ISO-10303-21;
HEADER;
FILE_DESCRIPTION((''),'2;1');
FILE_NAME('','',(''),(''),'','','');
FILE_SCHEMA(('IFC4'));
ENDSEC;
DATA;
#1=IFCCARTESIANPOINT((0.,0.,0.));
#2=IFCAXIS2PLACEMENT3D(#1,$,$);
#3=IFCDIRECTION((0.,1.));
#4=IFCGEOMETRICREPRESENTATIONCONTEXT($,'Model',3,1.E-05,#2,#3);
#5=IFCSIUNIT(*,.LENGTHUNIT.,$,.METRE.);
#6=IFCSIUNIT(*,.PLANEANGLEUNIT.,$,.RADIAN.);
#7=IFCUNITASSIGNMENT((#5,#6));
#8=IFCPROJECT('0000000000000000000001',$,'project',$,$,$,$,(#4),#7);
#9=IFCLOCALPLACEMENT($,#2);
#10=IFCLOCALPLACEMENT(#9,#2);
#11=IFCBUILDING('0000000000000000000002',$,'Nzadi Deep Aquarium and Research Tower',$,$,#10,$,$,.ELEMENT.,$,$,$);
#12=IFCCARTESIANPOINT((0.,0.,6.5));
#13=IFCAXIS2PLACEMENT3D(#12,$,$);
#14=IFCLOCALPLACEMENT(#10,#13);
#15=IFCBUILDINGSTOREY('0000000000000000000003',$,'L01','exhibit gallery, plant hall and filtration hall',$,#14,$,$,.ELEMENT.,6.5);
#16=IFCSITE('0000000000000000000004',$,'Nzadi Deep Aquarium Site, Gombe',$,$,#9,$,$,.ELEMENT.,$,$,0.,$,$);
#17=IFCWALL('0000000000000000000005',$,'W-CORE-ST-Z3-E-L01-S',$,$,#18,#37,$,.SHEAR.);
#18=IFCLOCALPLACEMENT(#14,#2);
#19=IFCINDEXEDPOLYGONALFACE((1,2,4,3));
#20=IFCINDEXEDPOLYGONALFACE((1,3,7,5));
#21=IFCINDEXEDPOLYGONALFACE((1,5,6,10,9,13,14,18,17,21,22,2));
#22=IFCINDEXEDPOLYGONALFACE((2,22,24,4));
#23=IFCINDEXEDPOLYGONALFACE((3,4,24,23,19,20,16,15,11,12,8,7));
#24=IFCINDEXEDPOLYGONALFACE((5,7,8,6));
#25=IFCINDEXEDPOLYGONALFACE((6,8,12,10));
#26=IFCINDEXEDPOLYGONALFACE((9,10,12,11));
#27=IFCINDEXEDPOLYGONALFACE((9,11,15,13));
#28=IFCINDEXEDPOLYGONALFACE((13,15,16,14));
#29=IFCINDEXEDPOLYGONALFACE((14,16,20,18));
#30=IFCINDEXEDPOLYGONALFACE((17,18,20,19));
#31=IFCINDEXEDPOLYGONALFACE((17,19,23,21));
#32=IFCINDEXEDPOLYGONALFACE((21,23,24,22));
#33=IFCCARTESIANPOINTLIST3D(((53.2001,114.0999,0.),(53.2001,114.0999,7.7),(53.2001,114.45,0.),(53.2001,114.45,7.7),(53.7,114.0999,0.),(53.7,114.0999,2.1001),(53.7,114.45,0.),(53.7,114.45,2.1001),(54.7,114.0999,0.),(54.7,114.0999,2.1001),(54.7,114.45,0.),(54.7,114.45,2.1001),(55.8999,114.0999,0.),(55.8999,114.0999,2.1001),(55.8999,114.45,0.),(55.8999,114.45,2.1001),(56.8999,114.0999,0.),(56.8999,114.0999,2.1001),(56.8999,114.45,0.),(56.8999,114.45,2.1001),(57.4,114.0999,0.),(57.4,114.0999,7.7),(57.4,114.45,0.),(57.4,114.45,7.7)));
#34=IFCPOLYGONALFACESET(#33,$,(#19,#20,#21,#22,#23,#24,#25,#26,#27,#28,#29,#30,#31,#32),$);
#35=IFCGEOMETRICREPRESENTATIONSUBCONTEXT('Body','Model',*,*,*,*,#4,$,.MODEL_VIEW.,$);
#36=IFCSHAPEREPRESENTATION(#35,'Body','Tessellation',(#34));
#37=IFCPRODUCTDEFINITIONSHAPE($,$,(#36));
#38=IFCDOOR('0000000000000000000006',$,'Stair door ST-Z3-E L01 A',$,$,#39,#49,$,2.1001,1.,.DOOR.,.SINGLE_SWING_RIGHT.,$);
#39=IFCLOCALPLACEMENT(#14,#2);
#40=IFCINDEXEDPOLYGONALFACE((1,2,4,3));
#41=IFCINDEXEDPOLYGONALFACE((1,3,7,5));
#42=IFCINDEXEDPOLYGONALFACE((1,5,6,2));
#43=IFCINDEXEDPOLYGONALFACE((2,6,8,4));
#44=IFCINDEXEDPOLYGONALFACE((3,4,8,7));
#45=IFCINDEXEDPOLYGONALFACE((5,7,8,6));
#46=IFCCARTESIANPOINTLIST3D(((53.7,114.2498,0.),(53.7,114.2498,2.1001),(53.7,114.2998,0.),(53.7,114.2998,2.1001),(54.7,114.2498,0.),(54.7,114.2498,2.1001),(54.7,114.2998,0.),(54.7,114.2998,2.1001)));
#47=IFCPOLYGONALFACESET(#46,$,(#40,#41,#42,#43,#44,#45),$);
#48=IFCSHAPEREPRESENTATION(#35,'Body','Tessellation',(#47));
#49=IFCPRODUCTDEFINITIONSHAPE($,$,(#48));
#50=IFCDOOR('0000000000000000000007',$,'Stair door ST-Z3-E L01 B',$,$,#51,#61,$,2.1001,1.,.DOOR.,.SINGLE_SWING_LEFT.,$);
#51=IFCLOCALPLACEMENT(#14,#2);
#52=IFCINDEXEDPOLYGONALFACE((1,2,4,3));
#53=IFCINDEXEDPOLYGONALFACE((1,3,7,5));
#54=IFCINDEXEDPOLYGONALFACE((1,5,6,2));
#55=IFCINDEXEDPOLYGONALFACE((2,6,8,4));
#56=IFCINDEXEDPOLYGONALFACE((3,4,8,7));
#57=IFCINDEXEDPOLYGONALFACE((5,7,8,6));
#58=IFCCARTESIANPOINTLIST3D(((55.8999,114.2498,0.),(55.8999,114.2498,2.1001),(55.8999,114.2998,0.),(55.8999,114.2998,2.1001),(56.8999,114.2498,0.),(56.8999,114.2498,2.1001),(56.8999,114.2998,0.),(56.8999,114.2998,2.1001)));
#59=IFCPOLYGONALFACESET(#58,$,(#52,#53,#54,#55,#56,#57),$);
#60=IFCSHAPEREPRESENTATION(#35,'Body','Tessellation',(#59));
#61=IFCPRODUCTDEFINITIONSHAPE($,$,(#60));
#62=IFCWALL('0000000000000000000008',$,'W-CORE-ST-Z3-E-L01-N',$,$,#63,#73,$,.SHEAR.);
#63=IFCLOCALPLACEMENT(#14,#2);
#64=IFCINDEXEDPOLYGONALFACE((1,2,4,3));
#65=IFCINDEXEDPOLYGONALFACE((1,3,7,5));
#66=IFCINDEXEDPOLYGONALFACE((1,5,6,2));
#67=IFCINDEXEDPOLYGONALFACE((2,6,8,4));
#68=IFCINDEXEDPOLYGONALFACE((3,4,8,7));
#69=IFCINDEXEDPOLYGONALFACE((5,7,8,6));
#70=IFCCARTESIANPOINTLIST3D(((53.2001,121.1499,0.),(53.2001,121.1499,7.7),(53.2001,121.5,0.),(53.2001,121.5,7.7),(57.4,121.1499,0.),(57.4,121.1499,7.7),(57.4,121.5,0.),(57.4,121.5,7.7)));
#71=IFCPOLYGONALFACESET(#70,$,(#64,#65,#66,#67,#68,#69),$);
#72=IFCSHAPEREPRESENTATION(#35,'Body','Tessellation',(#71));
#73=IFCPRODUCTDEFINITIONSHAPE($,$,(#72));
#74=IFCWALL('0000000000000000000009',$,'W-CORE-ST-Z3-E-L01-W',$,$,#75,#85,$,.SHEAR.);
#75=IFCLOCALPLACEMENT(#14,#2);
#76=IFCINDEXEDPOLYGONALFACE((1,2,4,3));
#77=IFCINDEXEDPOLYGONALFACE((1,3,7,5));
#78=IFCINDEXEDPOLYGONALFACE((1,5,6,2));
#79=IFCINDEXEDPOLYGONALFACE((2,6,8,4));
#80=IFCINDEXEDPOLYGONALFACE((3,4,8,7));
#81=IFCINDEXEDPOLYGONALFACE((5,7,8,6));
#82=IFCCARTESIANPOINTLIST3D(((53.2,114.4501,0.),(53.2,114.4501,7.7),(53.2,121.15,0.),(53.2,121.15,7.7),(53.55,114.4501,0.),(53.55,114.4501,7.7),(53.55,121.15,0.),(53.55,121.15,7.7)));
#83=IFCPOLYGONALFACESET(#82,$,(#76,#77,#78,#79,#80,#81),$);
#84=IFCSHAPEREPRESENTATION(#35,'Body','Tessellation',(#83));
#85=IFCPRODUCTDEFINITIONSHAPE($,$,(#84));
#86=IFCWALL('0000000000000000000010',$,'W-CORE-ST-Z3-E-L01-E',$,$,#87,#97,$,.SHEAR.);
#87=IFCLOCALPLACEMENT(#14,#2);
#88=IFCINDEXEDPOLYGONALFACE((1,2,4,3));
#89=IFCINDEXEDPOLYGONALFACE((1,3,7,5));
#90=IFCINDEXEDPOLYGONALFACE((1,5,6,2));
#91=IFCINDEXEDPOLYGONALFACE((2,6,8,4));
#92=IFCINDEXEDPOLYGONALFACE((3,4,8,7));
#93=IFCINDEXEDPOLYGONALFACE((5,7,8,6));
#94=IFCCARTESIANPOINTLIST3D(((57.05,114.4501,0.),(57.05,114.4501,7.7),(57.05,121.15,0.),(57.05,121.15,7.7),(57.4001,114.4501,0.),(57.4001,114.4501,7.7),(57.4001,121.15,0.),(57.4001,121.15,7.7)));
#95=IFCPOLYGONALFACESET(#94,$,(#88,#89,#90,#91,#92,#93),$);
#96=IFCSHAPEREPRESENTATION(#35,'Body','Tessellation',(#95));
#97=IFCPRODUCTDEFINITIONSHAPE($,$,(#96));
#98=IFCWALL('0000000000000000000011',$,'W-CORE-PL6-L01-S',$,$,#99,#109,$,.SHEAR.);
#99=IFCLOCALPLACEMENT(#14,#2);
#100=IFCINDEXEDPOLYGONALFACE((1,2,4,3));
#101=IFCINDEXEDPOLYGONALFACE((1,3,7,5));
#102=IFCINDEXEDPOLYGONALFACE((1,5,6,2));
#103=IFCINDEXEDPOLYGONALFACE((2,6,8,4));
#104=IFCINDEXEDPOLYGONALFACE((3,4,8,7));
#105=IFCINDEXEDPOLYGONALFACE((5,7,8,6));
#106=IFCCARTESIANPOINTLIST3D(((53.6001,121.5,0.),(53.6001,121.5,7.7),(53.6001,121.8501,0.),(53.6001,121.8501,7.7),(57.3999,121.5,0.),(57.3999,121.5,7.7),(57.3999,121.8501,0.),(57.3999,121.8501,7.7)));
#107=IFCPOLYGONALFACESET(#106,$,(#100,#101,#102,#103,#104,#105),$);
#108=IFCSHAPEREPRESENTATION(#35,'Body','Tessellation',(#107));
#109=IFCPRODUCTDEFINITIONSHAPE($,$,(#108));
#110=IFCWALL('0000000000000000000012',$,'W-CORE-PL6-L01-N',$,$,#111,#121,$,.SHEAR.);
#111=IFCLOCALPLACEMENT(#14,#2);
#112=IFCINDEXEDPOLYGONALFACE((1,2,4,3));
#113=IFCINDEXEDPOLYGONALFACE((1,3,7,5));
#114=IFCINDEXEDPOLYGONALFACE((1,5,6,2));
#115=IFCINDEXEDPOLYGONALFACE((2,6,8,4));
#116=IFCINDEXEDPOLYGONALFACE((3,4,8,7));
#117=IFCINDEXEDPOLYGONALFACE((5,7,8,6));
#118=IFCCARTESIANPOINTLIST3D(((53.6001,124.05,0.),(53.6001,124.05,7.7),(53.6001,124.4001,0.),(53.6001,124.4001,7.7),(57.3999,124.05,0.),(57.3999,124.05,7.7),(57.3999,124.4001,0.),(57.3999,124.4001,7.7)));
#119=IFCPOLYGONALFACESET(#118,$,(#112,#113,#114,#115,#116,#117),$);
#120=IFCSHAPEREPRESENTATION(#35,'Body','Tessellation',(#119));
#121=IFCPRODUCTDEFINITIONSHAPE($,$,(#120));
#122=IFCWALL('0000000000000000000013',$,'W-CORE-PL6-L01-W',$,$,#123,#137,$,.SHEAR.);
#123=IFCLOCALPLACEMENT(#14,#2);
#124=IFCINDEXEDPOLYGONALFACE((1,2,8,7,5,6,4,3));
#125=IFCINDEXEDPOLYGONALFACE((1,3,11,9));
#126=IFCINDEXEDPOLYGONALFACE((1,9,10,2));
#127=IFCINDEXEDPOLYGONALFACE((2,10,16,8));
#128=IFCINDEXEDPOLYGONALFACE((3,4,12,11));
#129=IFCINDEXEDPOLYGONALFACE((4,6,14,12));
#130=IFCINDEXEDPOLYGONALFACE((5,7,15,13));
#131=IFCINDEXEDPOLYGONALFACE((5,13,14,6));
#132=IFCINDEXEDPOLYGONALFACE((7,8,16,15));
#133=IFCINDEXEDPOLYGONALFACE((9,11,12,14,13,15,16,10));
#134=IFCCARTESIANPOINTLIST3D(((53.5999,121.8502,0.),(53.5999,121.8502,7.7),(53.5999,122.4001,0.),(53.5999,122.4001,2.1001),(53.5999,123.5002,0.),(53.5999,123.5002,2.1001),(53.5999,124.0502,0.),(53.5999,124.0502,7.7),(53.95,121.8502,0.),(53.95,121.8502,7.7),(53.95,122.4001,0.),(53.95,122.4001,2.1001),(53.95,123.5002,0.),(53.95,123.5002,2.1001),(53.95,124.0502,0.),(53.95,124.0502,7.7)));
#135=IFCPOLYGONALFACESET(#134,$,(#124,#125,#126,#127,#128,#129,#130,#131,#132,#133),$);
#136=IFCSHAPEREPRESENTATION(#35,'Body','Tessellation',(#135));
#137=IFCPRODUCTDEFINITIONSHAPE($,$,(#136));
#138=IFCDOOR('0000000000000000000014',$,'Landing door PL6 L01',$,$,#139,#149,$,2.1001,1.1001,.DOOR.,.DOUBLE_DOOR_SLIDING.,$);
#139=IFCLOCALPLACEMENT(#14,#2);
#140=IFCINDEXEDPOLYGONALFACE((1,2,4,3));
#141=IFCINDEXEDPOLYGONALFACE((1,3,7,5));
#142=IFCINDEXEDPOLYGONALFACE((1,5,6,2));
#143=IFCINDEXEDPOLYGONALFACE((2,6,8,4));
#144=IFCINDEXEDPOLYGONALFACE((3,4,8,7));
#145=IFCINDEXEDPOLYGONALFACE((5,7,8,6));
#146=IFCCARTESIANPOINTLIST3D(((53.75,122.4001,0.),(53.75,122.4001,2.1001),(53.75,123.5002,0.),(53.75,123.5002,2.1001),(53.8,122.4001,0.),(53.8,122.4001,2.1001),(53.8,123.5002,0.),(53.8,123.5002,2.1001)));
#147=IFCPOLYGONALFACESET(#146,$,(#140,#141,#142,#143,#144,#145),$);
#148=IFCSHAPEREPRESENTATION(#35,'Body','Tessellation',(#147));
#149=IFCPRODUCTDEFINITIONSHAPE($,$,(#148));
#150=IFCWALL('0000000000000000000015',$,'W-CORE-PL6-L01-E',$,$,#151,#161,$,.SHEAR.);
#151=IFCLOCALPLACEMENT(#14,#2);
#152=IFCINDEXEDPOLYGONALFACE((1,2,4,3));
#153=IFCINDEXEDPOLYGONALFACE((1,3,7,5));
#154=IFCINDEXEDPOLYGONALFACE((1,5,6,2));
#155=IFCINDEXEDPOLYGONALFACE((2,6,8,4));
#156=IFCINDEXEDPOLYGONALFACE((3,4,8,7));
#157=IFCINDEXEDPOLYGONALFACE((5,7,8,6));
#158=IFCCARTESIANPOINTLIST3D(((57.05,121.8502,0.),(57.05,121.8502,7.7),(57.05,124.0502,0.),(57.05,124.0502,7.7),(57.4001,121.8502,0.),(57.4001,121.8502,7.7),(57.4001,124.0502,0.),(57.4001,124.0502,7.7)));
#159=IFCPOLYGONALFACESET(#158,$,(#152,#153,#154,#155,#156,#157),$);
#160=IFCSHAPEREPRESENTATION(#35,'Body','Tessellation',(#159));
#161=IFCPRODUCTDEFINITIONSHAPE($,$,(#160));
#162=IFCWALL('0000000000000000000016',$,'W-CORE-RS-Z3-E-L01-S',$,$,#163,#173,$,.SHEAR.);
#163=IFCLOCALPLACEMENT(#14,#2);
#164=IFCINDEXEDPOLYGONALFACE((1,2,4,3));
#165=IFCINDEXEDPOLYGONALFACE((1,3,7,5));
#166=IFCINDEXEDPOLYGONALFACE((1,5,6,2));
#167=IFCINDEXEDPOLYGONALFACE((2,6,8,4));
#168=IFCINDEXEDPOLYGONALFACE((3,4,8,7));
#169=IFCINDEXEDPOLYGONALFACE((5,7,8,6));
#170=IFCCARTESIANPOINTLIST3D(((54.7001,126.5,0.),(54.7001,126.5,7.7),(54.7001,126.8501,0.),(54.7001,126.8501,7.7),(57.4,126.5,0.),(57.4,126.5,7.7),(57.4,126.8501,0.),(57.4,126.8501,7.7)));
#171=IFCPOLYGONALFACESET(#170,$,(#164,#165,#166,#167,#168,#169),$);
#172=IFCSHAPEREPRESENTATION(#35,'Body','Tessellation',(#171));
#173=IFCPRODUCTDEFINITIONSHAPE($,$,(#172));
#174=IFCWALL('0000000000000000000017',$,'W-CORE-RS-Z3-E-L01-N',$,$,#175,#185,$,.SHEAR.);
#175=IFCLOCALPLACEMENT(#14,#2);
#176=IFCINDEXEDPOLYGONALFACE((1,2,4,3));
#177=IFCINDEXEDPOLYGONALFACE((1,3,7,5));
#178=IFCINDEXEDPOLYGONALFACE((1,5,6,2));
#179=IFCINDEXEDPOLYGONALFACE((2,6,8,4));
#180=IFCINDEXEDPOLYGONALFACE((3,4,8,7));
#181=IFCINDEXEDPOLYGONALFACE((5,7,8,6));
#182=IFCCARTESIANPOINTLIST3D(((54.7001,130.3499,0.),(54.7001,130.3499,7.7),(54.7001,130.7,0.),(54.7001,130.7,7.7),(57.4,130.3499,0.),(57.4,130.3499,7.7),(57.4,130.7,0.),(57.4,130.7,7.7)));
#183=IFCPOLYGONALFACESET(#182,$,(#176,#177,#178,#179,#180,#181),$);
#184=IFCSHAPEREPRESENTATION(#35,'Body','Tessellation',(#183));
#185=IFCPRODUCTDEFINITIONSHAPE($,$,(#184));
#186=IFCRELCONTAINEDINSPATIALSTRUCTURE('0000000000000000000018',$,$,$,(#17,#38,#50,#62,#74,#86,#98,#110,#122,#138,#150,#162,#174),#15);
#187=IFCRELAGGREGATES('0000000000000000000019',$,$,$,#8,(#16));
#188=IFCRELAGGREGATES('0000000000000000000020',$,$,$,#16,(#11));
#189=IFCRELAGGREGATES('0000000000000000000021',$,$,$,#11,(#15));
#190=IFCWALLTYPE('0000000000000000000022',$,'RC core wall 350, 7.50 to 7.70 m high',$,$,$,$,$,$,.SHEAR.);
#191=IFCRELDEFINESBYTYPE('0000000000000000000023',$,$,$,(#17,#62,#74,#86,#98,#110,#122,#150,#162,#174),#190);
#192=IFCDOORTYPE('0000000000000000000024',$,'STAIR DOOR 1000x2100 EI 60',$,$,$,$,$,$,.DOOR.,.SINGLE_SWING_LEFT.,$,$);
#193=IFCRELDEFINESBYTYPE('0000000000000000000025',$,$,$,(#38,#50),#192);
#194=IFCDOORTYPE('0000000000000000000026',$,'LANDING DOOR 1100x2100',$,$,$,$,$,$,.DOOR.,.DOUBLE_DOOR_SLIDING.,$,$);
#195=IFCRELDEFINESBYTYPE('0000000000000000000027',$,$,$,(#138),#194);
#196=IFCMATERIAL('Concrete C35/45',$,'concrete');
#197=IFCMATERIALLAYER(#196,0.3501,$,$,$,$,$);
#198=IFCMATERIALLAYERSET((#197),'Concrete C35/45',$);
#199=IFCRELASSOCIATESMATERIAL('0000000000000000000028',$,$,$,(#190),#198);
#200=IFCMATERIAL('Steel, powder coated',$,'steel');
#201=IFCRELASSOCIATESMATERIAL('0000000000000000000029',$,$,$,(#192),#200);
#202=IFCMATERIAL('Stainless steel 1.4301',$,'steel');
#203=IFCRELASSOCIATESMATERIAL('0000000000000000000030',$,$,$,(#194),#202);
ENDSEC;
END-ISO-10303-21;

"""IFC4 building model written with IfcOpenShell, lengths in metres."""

from ifc_helpers import new_model, si_unit, direction, frame, frame_2d, origin, place, context, subcontext, project, spatial, rectangle, extrude, material, layer, layer_set, type_object, element, fill, save


model = new_model("IFC4")

# Units and contexts
model_context = context("Model", 3, precision=1e-05, world=origin(), true_north=direction((0.0, 1.0)))
body_context = subcontext(model_context, "Body", "Model", "MODEL_VIEW")
ifc_project = project(units=[si_unit("LENGTHUNIT", "METRE"), si_unit("PLANEANGLEUNIT", "RADIAN")], contexts=[model_context])

# Site, building, storey
site_placement = place(None, origin())
site = spatial("IfcSite", under=ifc_project, at=site_placement, Name="Nzadi Deep Aquarium Site, Gombe", CompositionType="ELEMENT", RefElevation=0.0)
building_placement = place(site_placement, origin())
building = spatial("IfcBuilding", under=site, at=building_placement, Name="Nzadi Deep Aquarium and Research Tower", CompositionType="ELEMENT")
storey_placement = place(building_placement, frame((0.0, 0.0, 6.5)))
storey = spatial("IfcBuildingStorey", under=building, at=storey_placement, Name="L01", Description="exhibit gallery, plant hall and filtration hall", CompositionType="ELEMENT", Elevation=6.5)

# Wall, openings, doors
ifc_material_1 = material(Name="Concrete C35/45", Category="concrete")
ifc_layer = layer(ifc_material_1, 0.3501)
ifc_layer_set = layer_set([ifc_layer], Name="Concrete C35/45")
wall_type = type_object("IfcWallType", Name="RC core wall 350, 7.50 to 7.70 m high", PredefinedType="SHEAR", material=ifc_layer_set)
wall_1_placement = place(storey_placement, frame((53.2, 114.2749, 0.0), z_axis=(0.0, 0.0, 1.0), x_axis=(1.0, 0.0, 0.0)))
wall_1 = element("IfcWall", 1, at=wall_1_placement, inside=storey, type_object=wall_type, Name="W-CORE-ST-Z3-E-L01-S", PredefinedType="SHEAR", context=body_context, shape_type="SweptSolid", body=[
    extrude(rectangle(XDim=4.2, YDim=0.3501, at=frame_2d((2.1001, 0.0))), origin(), (0.0, 0.0, 1.0), 7.7),
])
opening_1_placement = place(wall_1_placement, frame((0.5, 0.0, 0.0)))
opening_1 = element("IfcOpeningElement", 2, at=opening_1_placement, cuts=wall_1, PredefinedType="OPENING", context=body_context, shape_type="SweptSolid", body=[
    extrude(rectangle(XDim=1.0, YDim=2.1001, at=frame_2d((0.5, 1.05))), frame((0.0, 0.1851, 0.0), z_axis=(0.0, -1.0, 0.0), x_axis=(1.0, 0.0, 0.0)), (0.0, 0.0, 1.0), 0.3701),
])
opening_2_placement = place(wall_1_placement, frame((2.7, 0.0, 0.0)))
opening_2 = element("IfcOpeningElement", 3, at=opening_2_placement, cuts=wall_1, PredefinedType="OPENING", context=body_context, shape_type="SweptSolid", body=[
    extrude(rectangle(XDim=1.0, YDim=2.1001, at=frame_2d((0.5, 1.05))), frame((0.0, 0.1851, 0.0), z_axis=(0.0, -1.0, 0.0), x_axis=(1.0, 0.0, 0.0)), (0.0, 0.0, 1.0), 0.3701),
])
ifc_material_2 = material(Name="Steel, powder coated", Category="steel")
door_type_1 = type_object("IfcDoorType", Name="STAIR DOOR 1000x2100 EI 60", OperationType="SINGLE_SWING_LEFT", PredefinedType="DOOR", material=ifc_material_2)
door_1_placement = place(opening_1_placement, origin())
door_1 = element("IfcDoor", 4, at=door_1_placement, inside=storey, type_object=door_type_1, Name="Stair door ST-Z3-E L01 A", OperationType="SINGLE_SWING_RIGHT", OverallHeight=2.1001, OverallWidth=1.0, PredefinedType="DOOR", context=body_context, shape_type="SweptSolid", body=[
    extrude(rectangle(XDim=1.0, YDim=2.1001, at=frame_2d((0.5, 1.05))), frame((0.0, 0.0249, 0.0), z_axis=(0.0, -1.0, 0.0), x_axis=(1.0, 0.0, 0.0)), (0.0, 0.0, 1.0), 0.05),
])
fill(opening_1, door_1)
door_2_placement = place(opening_2_placement, origin())
door_2 = element("IfcDoor", 5, at=door_2_placement, inside=storey, type_object=door_type_1, Name="Stair door ST-Z3-E L01 B", OperationType="SINGLE_SWING_LEFT", OverallHeight=2.1001, OverallWidth=1.0, PredefinedType="DOOR", context=body_context, shape_type="SweptSolid", body=[
    extrude(rectangle(XDim=1.0, YDim=2.1001, at=frame_2d((0.5, 1.05))), frame((0.0, 0.0249, 0.0), z_axis=(0.0, -1.0, 0.0), x_axis=(1.0, 0.0, 0.0)), (0.0, 0.0, 1.0), 0.05),
])
fill(opening_2, door_2)

# Walls
wall_2_placement = place(storey_placement, frame((53.2, 121.325, 0.0), z_axis=(0.0, 0.0, 1.0), x_axis=(1.0, 0.0, 0.0)))
element("IfcWall", 6, at=wall_2_placement, inside=storey, type_object=wall_type, Name="W-CORE-ST-Z3-E-L01-N", PredefinedType="SHEAR", context=body_context, shape_type="SweptSolid", body=[
    extrude(rectangle(XDim=4.2, YDim=0.3501, at=frame_2d((2.1001, 0.0))), origin(), (0.0, 0.0, 1.0), 7.7),
])
for number, where, z_axis, x_axis, name in (
    (7, (53.375, 114.45, 0.0), (0.0, 0.0, 1.0), (0.0, 1.0, 0.0), "W-CORE-ST-Z3-E-L01-W"),
    (8, (57.2251, 114.45, 0.0), (0.0, 0.0, 1.0), (0.0, 1.0, 0.0), "W-CORE-ST-Z3-E-L01-E"),
):
    element("IfcWall", number, at=place(storey_placement, frame(where, z_axis=z_axis, x_axis=x_axis)), inside=storey, type_object=wall_type, Name=name, PredefinedType="SHEAR", context=body_context, shape_type="SweptSolid", body=[
        extrude(rectangle(XDim=6.7, YDim=0.3501, at=frame_2d((3.3501, 0.0))), origin(), (0.0, 0.0, 1.0), 7.7),
    ])
for number, where, z_axis, x_axis, name in (
    (9, (53.6001, 121.675, 0.0), (0.0, 0.0, 1.0), (1.0, 0.0, 0.0), "W-CORE-PL6-L01-S"),
    (10, (53.6001, 124.2251, 0.0), (0.0, 0.0, 1.0), (1.0, 0.0, 0.0), "W-CORE-PL6-L01-N"),
):
    element("IfcWall", number, at=place(storey_placement, frame(where, z_axis=z_axis, x_axis=x_axis)), inside=storey, type_object=wall_type, Name=name, PredefinedType="SHEAR", context=body_context, shape_type="SweptSolid", body=[
        extrude(rectangle(XDim=3.7998, YDim=0.3501, at=frame_2d((1.8999, 0.0))), origin(), (0.0, 0.0, 1.0), 7.7),
    ])

# Wall, opening, door
wall_3_placement = place(storey_placement, frame((53.7749, 121.8501, 0.0), z_axis=(0.0, 0.0, 1.0), x_axis=(0.0, 1.0, 0.0)))
wall_3 = element("IfcWall", 11, at=wall_3_placement, inside=storey, type_object=wall_type, Name="W-CORE-PL6-L01-W", PredefinedType="SHEAR", context=body_context, shape_type="SweptSolid", body=[
    extrude(rectangle(XDim=2.2, YDim=0.3501, at=frame_2d((1.1001, 0.0))), origin(), (0.0, 0.0, 1.0), 7.7),
])
opening_3_placement = place(wall_3_placement, frame((0.55, 0.0, 0.0)))
opening_3 = element("IfcOpeningElement", 12, at=opening_3_placement, cuts=wall_3, PredefinedType="OPENING", context=body_context, shape_type="SweptSolid", body=[
    extrude(rectangle(XDim=1.1001, YDim=2.1001, at=frame_2d((0.55, 1.05))), frame((0.0, 0.1851, 0.0), z_axis=(0.0, -1.0, 0.0), x_axis=(1.0, 0.0, 0.0)), (0.0, 0.0, 1.0), 0.3701),
])
ifc_material_3 = material(Name="Stainless steel 1.4301", Category="steel")
door_type_2 = type_object("IfcDoorType", Name="LANDING DOOR 1100x2100", OperationType="DOUBLE_DOOR_SLIDING", PredefinedType="DOOR", material=ifc_material_3)
door_3_placement = place(opening_3_placement, origin())
door_3 = element("IfcDoor", 13, at=door_3_placement, inside=storey, type_object=door_type_2, Name="Landing door PL6 L01", OperationType="DOUBLE_DOOR_SLIDING", OverallHeight=2.1001, OverallWidth=1.1001, PredefinedType="DOOR", context=body_context, shape_type="SweptSolid", body=[
    extrude(rectangle(XDim=1.1001, YDim=2.1001, at=frame_2d((0.55, 1.05))), frame((0.0, 0.0249, 0.0), z_axis=(0.0, -1.0, 0.0), x_axis=(1.0, 0.0, 0.0)), (0.0, 0.0, 1.0), 0.05),
])
fill(opening_3, door_3)

# Walls
wall_4_placement = place(storey_placement, frame((57.2251, 121.8501, 0.0), z_axis=(0.0, 0.0, 1.0), x_axis=(0.0, 1.0, 0.0)))
element("IfcWall", 14, at=wall_4_placement, inside=storey, type_object=wall_type, Name="W-CORE-PL6-L01-E", PredefinedType="SHEAR", context=body_context, shape_type="SweptSolid", body=[
    extrude(rectangle(XDim=2.2, YDim=0.3501, at=frame_2d((1.1001, 0.0))), origin(), (0.0, 0.0, 1.0), 7.7),
])
for number, where, z_axis, x_axis, name in (
    (15, (54.7, 126.675, 0.0), (0.0, 0.0, 1.0), (1.0, 0.0, 0.0), "W-CORE-RS-Z3-E-L01-S"),
    (16, (54.7, 130.5249, 0.0), (0.0, 0.0, 1.0), (1.0, 0.0, 0.0), "W-CORE-RS-Z3-E-L01-N"),
):
    element("IfcWall", number, at=place(storey_placement, frame(where, z_axis=z_axis, x_axis=x_axis)), inside=storey, type_object=wall_type, Name=name, PredefinedType="SHEAR", context=body_context, shape_type="SweptSolid", body=[
        extrude(rectangle(XDim=2.7, YDim=0.3501, at=frame_2d((1.3501, 0.0))), origin(), (0.0, 0.0, 1.0), 7.7),
    ])

save(model, "model.ifc")
